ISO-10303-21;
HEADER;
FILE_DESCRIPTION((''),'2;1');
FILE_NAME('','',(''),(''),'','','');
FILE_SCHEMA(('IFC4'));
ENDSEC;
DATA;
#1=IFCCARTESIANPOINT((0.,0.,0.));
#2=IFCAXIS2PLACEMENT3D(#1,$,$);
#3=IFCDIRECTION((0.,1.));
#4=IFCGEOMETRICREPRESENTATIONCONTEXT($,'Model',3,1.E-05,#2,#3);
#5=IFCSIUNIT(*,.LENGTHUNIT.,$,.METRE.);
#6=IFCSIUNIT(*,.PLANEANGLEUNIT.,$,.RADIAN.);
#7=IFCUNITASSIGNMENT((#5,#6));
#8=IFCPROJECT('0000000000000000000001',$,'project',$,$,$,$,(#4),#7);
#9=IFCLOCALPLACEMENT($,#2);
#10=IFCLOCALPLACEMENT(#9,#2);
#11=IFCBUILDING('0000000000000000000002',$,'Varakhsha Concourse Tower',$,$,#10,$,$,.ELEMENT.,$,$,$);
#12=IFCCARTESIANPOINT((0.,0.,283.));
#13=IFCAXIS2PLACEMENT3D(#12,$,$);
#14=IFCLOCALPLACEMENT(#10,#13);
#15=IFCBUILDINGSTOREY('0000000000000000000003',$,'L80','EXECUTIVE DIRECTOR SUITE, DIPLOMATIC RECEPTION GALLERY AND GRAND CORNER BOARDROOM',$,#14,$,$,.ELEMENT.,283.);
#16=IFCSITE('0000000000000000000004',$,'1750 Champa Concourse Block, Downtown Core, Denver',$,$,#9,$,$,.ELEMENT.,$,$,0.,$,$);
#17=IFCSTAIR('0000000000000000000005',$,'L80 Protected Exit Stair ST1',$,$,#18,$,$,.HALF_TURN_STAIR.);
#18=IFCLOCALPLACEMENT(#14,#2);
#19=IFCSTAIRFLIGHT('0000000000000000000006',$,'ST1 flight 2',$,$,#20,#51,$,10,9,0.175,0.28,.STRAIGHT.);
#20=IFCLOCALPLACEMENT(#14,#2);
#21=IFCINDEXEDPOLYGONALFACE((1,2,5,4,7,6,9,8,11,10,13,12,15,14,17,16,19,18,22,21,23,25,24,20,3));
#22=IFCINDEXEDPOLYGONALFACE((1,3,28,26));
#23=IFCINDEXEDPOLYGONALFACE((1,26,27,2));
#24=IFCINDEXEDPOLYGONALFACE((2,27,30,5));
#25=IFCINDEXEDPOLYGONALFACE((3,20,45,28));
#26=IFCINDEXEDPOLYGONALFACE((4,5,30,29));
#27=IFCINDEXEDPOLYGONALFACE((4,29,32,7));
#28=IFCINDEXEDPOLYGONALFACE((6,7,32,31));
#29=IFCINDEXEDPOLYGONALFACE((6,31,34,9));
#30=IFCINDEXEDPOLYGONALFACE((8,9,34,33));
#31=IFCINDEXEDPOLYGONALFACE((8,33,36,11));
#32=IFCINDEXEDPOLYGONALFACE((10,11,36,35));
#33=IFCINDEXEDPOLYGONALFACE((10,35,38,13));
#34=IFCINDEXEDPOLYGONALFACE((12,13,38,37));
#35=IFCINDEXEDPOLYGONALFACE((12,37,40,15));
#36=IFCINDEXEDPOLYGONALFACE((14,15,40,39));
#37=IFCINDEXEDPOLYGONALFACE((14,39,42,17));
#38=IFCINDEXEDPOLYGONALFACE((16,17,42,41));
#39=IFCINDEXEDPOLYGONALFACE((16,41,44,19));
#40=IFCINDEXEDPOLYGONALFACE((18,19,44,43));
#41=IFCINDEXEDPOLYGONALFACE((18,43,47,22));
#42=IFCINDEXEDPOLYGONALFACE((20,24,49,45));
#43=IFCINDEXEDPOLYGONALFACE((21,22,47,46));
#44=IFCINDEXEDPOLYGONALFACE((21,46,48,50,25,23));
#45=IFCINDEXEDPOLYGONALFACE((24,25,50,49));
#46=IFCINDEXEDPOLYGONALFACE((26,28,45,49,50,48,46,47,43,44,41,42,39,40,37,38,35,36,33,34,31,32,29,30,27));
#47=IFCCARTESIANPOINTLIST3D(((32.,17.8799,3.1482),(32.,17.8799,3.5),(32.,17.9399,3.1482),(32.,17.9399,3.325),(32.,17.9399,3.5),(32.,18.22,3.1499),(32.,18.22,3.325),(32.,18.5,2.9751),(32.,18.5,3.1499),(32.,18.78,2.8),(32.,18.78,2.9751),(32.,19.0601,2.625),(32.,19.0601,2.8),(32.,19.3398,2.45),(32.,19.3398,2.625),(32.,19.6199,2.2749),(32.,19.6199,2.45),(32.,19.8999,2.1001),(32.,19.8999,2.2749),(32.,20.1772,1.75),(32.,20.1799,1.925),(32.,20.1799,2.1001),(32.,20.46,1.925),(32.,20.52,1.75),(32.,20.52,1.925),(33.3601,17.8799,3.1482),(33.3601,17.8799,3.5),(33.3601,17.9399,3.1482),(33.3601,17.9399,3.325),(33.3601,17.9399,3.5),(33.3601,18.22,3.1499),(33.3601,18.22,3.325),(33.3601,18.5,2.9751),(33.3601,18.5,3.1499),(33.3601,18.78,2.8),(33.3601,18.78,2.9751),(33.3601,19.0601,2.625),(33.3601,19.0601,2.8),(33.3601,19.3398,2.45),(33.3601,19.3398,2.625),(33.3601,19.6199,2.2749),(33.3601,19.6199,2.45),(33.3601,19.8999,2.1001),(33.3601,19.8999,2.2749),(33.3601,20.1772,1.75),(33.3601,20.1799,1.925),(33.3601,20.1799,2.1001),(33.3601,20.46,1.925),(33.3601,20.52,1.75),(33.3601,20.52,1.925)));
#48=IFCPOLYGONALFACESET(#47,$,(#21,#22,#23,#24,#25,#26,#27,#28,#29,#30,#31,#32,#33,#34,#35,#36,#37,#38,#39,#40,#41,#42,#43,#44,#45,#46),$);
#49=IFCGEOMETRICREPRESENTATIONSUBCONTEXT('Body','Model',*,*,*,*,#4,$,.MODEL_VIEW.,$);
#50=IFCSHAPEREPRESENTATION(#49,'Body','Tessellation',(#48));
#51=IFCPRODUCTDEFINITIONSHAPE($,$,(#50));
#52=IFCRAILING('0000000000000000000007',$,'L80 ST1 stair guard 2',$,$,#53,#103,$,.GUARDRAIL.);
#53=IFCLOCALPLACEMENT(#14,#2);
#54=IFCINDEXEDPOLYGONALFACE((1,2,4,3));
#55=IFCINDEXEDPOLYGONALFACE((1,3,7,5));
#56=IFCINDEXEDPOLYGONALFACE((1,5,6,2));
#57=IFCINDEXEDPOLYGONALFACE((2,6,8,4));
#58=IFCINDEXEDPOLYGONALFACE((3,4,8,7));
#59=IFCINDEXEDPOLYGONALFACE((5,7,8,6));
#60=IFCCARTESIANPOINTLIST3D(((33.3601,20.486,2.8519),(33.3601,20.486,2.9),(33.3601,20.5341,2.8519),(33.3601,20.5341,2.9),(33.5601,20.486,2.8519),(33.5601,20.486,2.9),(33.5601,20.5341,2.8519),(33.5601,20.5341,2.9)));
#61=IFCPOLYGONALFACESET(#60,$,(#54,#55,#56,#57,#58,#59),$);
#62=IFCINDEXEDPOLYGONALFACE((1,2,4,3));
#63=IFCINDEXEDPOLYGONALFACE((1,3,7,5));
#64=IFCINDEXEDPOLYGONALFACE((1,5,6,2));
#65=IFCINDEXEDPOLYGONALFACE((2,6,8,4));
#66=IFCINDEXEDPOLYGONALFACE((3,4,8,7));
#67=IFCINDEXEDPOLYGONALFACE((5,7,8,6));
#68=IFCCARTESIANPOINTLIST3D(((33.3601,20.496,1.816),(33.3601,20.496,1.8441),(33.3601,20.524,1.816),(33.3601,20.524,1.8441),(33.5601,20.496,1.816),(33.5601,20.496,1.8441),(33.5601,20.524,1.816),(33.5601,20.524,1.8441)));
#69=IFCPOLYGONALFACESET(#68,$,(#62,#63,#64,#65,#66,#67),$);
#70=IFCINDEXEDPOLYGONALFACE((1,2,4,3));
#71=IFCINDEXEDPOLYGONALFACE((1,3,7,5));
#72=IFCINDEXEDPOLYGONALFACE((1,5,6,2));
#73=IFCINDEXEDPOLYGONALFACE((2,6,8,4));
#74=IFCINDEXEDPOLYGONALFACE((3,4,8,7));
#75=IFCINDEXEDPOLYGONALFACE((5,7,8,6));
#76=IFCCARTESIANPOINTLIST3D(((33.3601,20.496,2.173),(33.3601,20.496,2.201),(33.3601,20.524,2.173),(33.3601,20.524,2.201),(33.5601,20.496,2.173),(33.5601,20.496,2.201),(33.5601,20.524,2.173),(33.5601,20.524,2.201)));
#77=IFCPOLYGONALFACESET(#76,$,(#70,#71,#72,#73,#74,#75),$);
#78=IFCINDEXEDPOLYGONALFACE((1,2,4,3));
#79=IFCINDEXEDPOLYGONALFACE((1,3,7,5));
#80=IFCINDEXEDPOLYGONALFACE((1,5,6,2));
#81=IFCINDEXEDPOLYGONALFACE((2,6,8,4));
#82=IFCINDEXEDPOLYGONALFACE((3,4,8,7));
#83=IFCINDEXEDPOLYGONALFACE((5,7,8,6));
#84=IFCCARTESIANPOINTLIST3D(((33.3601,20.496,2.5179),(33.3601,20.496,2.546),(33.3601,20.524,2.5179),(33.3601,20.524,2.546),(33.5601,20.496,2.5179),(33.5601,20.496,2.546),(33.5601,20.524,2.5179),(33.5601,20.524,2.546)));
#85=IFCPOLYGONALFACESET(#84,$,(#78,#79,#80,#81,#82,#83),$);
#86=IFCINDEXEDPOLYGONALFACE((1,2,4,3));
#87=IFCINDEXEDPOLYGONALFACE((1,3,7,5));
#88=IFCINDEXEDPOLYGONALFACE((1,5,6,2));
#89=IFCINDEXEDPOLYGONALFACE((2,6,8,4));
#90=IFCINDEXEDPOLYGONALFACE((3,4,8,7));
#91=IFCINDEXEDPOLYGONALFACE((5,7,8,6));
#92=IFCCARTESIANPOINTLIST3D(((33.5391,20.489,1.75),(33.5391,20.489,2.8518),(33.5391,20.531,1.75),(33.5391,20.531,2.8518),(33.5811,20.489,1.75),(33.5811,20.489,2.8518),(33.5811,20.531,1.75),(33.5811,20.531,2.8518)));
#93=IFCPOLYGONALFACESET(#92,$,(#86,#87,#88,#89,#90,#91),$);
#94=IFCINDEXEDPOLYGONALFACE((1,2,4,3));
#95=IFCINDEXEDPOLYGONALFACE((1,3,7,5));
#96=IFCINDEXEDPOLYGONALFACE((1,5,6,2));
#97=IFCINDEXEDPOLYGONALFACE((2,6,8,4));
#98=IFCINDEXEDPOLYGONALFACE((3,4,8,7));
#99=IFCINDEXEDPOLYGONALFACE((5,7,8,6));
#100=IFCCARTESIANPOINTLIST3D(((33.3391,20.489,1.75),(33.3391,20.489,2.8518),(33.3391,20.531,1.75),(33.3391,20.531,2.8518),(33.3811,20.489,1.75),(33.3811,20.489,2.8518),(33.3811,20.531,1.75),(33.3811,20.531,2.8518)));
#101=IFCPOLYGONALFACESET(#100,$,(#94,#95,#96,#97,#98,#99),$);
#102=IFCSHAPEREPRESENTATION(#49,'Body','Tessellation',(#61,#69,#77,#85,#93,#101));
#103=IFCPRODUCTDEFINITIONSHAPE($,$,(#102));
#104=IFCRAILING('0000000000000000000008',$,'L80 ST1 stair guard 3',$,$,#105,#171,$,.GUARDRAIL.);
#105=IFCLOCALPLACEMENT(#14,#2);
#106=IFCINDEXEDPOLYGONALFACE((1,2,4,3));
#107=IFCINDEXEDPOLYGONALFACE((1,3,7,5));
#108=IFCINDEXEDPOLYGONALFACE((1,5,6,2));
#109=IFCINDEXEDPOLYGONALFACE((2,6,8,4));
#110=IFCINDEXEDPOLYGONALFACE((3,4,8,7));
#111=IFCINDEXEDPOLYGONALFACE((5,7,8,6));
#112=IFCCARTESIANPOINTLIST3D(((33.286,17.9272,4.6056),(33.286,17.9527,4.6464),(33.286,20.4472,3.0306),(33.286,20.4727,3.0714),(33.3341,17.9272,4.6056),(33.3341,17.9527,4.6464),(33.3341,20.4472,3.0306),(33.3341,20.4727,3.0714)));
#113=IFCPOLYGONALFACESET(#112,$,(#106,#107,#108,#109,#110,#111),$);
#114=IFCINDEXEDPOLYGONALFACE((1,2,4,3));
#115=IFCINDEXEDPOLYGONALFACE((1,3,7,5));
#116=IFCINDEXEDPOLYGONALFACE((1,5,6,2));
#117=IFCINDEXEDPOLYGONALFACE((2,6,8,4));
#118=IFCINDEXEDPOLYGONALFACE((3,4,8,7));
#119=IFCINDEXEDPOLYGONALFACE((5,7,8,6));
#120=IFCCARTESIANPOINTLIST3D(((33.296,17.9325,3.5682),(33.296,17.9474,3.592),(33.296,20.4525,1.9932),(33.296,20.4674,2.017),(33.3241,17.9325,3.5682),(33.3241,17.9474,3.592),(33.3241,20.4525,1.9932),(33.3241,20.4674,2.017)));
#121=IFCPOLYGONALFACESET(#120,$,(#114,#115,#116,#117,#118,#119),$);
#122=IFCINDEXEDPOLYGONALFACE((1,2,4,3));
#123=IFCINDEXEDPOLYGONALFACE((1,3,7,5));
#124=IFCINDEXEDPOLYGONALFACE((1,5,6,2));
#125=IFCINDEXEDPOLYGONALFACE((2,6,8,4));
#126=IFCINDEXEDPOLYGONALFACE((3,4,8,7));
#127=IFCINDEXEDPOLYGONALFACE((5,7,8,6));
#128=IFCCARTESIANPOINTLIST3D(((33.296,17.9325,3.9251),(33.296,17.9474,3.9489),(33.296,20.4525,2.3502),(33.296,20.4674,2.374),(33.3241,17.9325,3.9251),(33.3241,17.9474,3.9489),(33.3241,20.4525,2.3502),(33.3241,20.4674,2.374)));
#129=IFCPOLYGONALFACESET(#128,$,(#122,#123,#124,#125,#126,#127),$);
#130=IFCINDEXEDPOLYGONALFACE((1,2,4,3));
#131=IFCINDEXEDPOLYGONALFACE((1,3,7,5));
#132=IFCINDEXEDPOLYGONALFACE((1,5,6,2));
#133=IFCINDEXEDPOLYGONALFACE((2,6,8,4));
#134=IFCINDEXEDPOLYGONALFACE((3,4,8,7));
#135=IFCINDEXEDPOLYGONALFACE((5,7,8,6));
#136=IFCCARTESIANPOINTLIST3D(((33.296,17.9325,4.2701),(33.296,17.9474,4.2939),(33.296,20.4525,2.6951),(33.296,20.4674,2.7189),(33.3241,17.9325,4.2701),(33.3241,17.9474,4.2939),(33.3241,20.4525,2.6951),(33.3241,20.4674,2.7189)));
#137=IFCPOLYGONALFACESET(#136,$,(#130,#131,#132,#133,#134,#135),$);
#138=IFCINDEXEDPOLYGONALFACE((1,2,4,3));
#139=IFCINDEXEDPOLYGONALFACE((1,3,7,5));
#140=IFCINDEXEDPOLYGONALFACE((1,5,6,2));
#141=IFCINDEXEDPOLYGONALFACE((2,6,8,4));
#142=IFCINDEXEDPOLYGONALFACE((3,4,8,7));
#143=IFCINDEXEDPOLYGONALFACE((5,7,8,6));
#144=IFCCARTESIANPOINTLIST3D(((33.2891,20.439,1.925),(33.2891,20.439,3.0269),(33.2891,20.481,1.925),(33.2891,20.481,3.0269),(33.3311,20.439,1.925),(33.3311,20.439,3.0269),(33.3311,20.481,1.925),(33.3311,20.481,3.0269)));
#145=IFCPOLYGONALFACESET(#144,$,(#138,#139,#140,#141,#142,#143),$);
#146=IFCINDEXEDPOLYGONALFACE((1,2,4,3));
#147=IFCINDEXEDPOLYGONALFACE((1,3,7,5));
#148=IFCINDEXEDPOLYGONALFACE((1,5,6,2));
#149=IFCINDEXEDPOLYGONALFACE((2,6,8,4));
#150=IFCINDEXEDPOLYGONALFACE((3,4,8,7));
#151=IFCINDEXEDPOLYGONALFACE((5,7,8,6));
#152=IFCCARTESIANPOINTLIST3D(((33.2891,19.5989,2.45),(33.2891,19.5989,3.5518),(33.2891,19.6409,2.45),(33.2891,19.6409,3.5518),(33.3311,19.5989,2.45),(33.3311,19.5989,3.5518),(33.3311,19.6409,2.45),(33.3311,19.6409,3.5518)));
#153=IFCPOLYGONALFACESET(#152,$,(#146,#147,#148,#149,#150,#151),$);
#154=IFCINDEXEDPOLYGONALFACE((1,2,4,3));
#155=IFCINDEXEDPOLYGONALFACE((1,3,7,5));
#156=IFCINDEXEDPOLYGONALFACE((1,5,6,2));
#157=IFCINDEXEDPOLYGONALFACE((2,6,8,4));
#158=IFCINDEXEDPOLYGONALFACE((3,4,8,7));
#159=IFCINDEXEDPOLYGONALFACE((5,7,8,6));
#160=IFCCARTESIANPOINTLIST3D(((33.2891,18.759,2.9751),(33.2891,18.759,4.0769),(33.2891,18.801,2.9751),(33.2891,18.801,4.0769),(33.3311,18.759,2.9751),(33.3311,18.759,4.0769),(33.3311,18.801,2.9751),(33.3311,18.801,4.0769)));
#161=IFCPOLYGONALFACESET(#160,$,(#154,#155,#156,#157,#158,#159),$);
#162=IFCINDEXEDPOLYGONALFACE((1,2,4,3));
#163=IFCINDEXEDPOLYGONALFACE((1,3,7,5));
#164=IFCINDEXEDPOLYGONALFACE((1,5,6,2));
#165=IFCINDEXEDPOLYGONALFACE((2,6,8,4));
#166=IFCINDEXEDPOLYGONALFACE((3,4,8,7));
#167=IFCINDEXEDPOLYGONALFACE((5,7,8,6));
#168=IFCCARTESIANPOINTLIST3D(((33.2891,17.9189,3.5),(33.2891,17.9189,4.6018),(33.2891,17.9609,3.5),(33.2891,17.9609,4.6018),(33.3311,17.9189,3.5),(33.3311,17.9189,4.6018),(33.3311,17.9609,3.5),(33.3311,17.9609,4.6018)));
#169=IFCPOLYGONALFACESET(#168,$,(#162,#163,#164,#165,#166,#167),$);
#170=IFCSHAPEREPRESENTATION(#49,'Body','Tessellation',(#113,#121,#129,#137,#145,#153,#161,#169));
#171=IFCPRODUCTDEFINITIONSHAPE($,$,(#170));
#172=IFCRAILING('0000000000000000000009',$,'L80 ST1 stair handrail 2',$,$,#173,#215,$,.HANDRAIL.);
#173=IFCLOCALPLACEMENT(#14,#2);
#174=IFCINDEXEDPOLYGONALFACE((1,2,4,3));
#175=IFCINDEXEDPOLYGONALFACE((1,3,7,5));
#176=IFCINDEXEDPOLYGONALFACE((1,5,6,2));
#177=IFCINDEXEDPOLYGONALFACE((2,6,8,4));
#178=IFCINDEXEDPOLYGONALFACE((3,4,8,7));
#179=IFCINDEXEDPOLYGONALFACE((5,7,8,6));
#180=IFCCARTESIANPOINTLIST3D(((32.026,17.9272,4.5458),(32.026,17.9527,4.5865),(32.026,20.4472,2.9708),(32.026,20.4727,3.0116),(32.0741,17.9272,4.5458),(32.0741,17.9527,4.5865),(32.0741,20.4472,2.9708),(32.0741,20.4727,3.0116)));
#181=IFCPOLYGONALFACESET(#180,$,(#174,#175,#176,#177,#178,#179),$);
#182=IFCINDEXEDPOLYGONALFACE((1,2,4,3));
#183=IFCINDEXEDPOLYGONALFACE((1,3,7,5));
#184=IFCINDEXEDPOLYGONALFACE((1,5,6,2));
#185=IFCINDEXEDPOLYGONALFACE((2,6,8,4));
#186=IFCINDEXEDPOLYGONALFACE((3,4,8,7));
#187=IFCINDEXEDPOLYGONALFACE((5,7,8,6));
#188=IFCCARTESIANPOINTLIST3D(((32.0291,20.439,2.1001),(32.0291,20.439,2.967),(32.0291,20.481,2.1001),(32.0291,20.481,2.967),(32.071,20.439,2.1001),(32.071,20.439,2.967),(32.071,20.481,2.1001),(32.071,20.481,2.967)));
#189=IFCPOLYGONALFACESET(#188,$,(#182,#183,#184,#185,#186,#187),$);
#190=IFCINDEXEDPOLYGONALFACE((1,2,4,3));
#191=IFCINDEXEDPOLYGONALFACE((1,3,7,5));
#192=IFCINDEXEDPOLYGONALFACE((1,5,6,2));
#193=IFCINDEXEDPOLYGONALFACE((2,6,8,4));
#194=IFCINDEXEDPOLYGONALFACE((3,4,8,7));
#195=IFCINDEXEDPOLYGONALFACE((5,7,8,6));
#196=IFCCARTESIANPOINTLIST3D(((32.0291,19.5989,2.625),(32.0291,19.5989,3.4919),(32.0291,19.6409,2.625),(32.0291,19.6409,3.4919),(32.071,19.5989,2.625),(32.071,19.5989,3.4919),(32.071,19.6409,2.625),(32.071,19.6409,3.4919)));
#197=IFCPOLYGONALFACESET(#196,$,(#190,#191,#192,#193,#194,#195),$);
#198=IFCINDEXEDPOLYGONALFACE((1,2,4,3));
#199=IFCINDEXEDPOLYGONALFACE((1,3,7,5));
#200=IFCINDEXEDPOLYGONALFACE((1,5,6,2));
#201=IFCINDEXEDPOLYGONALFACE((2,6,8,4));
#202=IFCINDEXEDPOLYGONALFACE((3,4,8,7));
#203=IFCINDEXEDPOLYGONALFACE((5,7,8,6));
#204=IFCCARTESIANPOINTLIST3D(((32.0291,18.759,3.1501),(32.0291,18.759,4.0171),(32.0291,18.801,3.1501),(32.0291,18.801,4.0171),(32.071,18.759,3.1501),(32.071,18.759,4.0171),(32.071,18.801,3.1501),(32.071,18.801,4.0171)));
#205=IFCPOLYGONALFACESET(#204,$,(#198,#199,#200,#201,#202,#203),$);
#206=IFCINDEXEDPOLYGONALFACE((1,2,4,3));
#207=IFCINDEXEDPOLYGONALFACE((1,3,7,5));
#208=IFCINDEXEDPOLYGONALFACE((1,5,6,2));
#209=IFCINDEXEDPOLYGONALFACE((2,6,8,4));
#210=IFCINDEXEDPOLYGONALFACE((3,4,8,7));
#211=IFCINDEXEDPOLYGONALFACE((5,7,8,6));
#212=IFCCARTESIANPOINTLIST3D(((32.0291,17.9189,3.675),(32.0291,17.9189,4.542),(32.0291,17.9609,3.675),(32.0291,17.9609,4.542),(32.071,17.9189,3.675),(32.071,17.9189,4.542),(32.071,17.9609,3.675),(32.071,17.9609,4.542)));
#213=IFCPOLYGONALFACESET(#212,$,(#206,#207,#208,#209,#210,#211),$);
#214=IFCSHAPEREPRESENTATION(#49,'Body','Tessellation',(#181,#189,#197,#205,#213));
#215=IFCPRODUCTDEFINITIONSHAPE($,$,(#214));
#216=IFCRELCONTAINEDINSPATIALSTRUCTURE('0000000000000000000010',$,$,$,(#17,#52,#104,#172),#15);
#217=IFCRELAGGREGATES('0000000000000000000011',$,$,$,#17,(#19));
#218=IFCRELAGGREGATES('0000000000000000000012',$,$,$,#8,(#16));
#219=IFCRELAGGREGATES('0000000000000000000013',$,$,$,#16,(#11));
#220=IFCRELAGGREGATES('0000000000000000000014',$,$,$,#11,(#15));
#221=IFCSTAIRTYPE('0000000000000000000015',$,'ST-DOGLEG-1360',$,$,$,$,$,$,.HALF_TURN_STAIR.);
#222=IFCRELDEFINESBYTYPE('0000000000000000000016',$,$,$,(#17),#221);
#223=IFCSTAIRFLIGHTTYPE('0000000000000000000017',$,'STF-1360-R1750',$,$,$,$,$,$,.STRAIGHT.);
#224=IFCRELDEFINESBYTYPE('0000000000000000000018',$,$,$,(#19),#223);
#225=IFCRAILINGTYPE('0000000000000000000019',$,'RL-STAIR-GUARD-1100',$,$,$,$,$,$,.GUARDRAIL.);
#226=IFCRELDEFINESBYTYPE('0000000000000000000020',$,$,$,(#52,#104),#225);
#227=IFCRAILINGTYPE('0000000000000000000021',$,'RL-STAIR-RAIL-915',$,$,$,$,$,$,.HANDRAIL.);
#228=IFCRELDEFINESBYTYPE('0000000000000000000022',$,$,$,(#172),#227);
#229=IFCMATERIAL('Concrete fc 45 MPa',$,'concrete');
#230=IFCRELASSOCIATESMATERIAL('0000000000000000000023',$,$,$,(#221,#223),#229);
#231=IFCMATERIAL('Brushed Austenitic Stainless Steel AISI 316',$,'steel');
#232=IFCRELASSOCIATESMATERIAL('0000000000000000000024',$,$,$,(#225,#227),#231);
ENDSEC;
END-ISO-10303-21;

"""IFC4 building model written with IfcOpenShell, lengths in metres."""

from ifc_helpers import new_model, si_unit, direction, frame, origin, origin_2d, place, context, subcontext, project, spatial, polyline, rectangle, outline, extrude, material, type_object, element, aggregate, save


model = new_model("IFC4")

# Units and contexts
model_context = context("Model", 3, precision=1e-05, world=origin(), true_north=direction((0.0, 1.0)))
body_context = subcontext(model_context, "Body", "Model", "MODEL_VIEW")
ifc_project = project(units=[si_unit("LENGTHUNIT", "METRE"), si_unit("PLANEANGLEUNIT", "RADIAN")], contexts=[model_context])

# Site, building, storey
site_placement = place(None, origin())
site = spatial("IfcSite", under=ifc_project, at=site_placement, Name="1750 Champa Concourse Block, Downtown Core, Denver", CompositionType="ELEMENT", RefElevation=0.0)
building_placement = place(site_placement, origin())
building = spatial("IfcBuilding", under=site, at=building_placement, Name="Varakhsha Concourse Tower", CompositionType="ELEMENT")
storey_placement = place(building_placement, frame((0.0, 0.0, 283.0)))
storey = spatial("IfcBuildingStorey", under=building, at=storey_placement, Name="L80", Description="EXECUTIVE DIRECTOR SUITE, DIPLOMATIC RECEPTION GALLERY AND GRAND CORNER BOARDROOM", CompositionType="ELEMENT", Elevation=283.0)

# Shared definitions
ifc_material_1 = material(Name="Brushed Austenitic Stainless Steel AISI 316", Category="steel")

# Shared definitions
ifc_material_2 = material(Name="Concrete fc 45 MPa", Category="concrete")

# Stair, stair flight
stair_type = type_object("IfcStairType", Name="ST-DOGLEG-1360", PredefinedType="HALF_TURN_STAIR", material=ifc_material_2)
stair_placement = place(storey_placement, origin())
stair = element("IfcStair", 1, at=stair_placement, inside=storey, type_object=stair_type, Name="L80 Protected Exit Stair ST1", PredefinedType="HALF_TURN_STAIR")
stair_flight_type = type_object("IfcStairFlightType", Name="STF-1360-R1750", PredefinedType="STRAIGHT", material=ifc_material_2)
stair_flight_placement = place(storey_placement, frame((32.6799, 20.46, 1.75), z_axis=(0.0, 0.0, 1.0), x_axis=(0.0, -1.0, 0.0)))
stair_flight = element("IfcStairFlight", 2, at=stair_flight_placement, type_object=stair_flight_type, Name="ST1 flight 2", NumberOfRisers=10, NumberOfTreads=9, PredefinedType="STRAIGHT", RiserHeight=0.175, TreadLength=0.28, context=body_context, shape_type="SweptSolid", body=[
    extrude(outline(polyline([(-0.0601, 0.0), (-0.0601, 0.175), (0.0, 0.175), (0.28, 0.175), (0.28, 0.3501), (0.5601, 0.3501), (0.5601, 0.5249), (0.8401, 0.5249), (0.8401, 0.7), (1.1201, 0.7), (1.1201, 0.875), (1.3999, 0.875), (1.3999, 1.05), (1.6799, 1.05), (1.6799, 1.2251), (1.96, 1.2251), (1.96, 1.3999), (2.24, 1.3999), (2.24, 1.575), (2.52, 1.575), (2.52, 1.75), (2.5801, 1.75), (2.5801, 1.3982), (2.52, 1.3982), (0.2827, 0.0), (-0.0601, 0.0)])), frame((0.0, 0.6802, 0.0), z_axis=(0.0, -1.0, 0.0), x_axis=(1.0, 0.0, 0.0)), (0.0, 0.0, 1.0), 1.3601),
])
aggregate(stair, [stair_flight])

# Railings
railing_type_1 = type_object("IfcRailingType", Name="RL-STAIR-GUARD-1100", PredefinedType="GUARDRAIL", material=ifc_material_1)
railing_1_placement = place(storey_placement, frame((33.5601, 20.51, 1.75)))
element("IfcRailing", 3, at=railing_1_placement, inside=storey, type_object=railing_type_1, Name="L80 ST1 stair guard 2", PredefinedType="GUARDRAIL", context=body_context, shape_type="SweptSolid", body=[
    extrude(rectangle(XDim=0.0481, YDim=0.0481, at=origin_2d()), frame((0.0, 0.0, 1.126), z_axis=(-1.0, 0.0, 0.0), x_axis=(0.0, -1.0, 0.0)), (0.0, 0.0, 1.0), 0.2),
    extrude(rectangle(XDim=0.0281, YDim=0.0281, at=origin_2d()), frame((0.0, 0.0, 0.0801), z_axis=(-1.0, 0.0, 0.0), x_axis=(0.0, -1.0, 0.0)), (0.0, 0.0, 1.0), 0.2),
    extrude(rectangle(XDim=0.0281, YDim=0.0281, at=origin_2d()), frame((0.0, 0.0, 0.437), z_axis=(-1.0, 0.0, 0.0), x_axis=(0.0, -1.0, 0.0)), (0.0, 0.0, 1.0), 0.2),
    extrude(rectangle(XDim=0.0281, YDim=0.0281, at=origin_2d()), frame((0.0, 0.0, 0.782), z_axis=(-1.0, 0.0, 0.0), x_axis=(0.0, -1.0, 0.0)), (0.0, 0.0, 1.0), 0.2),
    extrude(rectangle(XDim=0.042, YDim=0.042, at=origin_2d()), origin(), (0.0, 0.0, 1.0), 1.1018),
    extrude(rectangle(XDim=0.042, YDim=0.042, at=origin_2d()), frame((-0.2, 0.0, 0.0)), (0.0, 0.0, 1.0), 1.1018),
])
railing_2_placement = place(storey_placement, frame((33.3101, 20.46, 1.925)))
element("IfcRailing", 4, at=railing_2_placement, inside=storey, type_object=railing_type_1, Name="L80 ST1 stair guard 3", PredefinedType="GUARDRAIL", context=body_context, shape_type="SweptSolid", body=[
    extrude(rectangle(XDim=0.0481, YDim=0.0481, at=origin_2d()), frame((0.0, 0.0, 1.126), z_axis=(0.0, -0.848008, 0.529984), x_axis=(1.0, 0.0, 0.0)), (0.0, 0.0, 1.0), 2.9717),
    extrude(rectangle(XDim=0.0281, YDim=0.0281, at=origin_2d()), frame((0.0, 0.0, 0.0801), z_axis=(0.0, -0.848008, 0.529984), x_axis=(1.0, 0.0, 0.0)), (0.0, 0.0, 1.0), 2.9717),
    extrude(rectangle(XDim=0.0281, YDim=0.0281, at=origin_2d()), frame((0.0, 0.0, 0.437), z_axis=(0.0, -0.848008, 0.529984), x_axis=(1.0, 0.0, 0.0)), (0.0, 0.0, 1.0), 2.9717),
    extrude(rectangle(XDim=0.0281, YDim=0.0281, at=origin_2d()), frame((0.0, 0.0, 0.782), z_axis=(0.0, -0.848008, 0.529984), x_axis=(1.0, 0.0, 0.0)), (0.0, 0.0, 1.0), 2.9717),
    extrude(rectangle(XDim=0.042, YDim=0.042, at=origin_2d()), origin(), (0.0, 0.0, 1.0), 1.1018),
    extrude(rectangle(XDim=0.042, YDim=0.042, at=origin_2d()), frame((0.0, -0.8401, 0.5249)), (0.0, 0.0, 1.0), 1.1018),
    extrude(rectangle(XDim=0.042, YDim=0.042, at=origin_2d()), frame((0.0, -1.6799, 1.05)), (0.0, 0.0, 1.0), 1.1018),
    extrude(rectangle(XDim=0.042, YDim=0.042, at=origin_2d()), frame((0.0, -2.52, 1.575)), (0.0, 0.0, 1.0), 1.1018),
])
railing_type_2 = type_object("IfcRailingType", Name="RL-STAIR-RAIL-915", PredefinedType="HANDRAIL", material=ifc_material_1)
railing_3_placement = place(storey_placement, frame((32.05, 20.46, 2.1001)))
element("IfcRailing", 5, at=railing_3_placement, inside=storey, type_object=railing_type_2, Name="L80 ST1 stair handrail 2", PredefinedType="HANDRAIL", context=body_context, shape_type="SweptSolid", body=[
    extrude(rectangle(XDim=0.0481, YDim=0.0481, at=origin_2d()), frame((0.0, 0.0, 0.8911), z_axis=(0.0, -0.848008, 0.529984), x_axis=(1.0, 0.0, 0.0)), (0.0, 0.0, 1.0), 2.9717),
    extrude(rectangle(XDim=0.042, YDim=0.042, at=origin_2d()), origin(), (0.0, 0.0, 1.0), 0.8669),
    extrude(rectangle(XDim=0.042, YDim=0.042, at=origin_2d()), frame((0.0, -0.8401, 0.5249)), (0.0, 0.0, 1.0), 0.8669),
    extrude(rectangle(XDim=0.042, YDim=0.042, at=origin_2d()), frame((0.0, -1.6799, 1.05)), (0.0, 0.0, 1.0), 0.8669),
    extrude(rectangle(XDim=0.042, YDim=0.042, at=origin_2d()), frame((0.0, -2.52, 1.575)), (0.0, 0.0, 1.0), 0.8669),
])

save(model, "model.ifc")
